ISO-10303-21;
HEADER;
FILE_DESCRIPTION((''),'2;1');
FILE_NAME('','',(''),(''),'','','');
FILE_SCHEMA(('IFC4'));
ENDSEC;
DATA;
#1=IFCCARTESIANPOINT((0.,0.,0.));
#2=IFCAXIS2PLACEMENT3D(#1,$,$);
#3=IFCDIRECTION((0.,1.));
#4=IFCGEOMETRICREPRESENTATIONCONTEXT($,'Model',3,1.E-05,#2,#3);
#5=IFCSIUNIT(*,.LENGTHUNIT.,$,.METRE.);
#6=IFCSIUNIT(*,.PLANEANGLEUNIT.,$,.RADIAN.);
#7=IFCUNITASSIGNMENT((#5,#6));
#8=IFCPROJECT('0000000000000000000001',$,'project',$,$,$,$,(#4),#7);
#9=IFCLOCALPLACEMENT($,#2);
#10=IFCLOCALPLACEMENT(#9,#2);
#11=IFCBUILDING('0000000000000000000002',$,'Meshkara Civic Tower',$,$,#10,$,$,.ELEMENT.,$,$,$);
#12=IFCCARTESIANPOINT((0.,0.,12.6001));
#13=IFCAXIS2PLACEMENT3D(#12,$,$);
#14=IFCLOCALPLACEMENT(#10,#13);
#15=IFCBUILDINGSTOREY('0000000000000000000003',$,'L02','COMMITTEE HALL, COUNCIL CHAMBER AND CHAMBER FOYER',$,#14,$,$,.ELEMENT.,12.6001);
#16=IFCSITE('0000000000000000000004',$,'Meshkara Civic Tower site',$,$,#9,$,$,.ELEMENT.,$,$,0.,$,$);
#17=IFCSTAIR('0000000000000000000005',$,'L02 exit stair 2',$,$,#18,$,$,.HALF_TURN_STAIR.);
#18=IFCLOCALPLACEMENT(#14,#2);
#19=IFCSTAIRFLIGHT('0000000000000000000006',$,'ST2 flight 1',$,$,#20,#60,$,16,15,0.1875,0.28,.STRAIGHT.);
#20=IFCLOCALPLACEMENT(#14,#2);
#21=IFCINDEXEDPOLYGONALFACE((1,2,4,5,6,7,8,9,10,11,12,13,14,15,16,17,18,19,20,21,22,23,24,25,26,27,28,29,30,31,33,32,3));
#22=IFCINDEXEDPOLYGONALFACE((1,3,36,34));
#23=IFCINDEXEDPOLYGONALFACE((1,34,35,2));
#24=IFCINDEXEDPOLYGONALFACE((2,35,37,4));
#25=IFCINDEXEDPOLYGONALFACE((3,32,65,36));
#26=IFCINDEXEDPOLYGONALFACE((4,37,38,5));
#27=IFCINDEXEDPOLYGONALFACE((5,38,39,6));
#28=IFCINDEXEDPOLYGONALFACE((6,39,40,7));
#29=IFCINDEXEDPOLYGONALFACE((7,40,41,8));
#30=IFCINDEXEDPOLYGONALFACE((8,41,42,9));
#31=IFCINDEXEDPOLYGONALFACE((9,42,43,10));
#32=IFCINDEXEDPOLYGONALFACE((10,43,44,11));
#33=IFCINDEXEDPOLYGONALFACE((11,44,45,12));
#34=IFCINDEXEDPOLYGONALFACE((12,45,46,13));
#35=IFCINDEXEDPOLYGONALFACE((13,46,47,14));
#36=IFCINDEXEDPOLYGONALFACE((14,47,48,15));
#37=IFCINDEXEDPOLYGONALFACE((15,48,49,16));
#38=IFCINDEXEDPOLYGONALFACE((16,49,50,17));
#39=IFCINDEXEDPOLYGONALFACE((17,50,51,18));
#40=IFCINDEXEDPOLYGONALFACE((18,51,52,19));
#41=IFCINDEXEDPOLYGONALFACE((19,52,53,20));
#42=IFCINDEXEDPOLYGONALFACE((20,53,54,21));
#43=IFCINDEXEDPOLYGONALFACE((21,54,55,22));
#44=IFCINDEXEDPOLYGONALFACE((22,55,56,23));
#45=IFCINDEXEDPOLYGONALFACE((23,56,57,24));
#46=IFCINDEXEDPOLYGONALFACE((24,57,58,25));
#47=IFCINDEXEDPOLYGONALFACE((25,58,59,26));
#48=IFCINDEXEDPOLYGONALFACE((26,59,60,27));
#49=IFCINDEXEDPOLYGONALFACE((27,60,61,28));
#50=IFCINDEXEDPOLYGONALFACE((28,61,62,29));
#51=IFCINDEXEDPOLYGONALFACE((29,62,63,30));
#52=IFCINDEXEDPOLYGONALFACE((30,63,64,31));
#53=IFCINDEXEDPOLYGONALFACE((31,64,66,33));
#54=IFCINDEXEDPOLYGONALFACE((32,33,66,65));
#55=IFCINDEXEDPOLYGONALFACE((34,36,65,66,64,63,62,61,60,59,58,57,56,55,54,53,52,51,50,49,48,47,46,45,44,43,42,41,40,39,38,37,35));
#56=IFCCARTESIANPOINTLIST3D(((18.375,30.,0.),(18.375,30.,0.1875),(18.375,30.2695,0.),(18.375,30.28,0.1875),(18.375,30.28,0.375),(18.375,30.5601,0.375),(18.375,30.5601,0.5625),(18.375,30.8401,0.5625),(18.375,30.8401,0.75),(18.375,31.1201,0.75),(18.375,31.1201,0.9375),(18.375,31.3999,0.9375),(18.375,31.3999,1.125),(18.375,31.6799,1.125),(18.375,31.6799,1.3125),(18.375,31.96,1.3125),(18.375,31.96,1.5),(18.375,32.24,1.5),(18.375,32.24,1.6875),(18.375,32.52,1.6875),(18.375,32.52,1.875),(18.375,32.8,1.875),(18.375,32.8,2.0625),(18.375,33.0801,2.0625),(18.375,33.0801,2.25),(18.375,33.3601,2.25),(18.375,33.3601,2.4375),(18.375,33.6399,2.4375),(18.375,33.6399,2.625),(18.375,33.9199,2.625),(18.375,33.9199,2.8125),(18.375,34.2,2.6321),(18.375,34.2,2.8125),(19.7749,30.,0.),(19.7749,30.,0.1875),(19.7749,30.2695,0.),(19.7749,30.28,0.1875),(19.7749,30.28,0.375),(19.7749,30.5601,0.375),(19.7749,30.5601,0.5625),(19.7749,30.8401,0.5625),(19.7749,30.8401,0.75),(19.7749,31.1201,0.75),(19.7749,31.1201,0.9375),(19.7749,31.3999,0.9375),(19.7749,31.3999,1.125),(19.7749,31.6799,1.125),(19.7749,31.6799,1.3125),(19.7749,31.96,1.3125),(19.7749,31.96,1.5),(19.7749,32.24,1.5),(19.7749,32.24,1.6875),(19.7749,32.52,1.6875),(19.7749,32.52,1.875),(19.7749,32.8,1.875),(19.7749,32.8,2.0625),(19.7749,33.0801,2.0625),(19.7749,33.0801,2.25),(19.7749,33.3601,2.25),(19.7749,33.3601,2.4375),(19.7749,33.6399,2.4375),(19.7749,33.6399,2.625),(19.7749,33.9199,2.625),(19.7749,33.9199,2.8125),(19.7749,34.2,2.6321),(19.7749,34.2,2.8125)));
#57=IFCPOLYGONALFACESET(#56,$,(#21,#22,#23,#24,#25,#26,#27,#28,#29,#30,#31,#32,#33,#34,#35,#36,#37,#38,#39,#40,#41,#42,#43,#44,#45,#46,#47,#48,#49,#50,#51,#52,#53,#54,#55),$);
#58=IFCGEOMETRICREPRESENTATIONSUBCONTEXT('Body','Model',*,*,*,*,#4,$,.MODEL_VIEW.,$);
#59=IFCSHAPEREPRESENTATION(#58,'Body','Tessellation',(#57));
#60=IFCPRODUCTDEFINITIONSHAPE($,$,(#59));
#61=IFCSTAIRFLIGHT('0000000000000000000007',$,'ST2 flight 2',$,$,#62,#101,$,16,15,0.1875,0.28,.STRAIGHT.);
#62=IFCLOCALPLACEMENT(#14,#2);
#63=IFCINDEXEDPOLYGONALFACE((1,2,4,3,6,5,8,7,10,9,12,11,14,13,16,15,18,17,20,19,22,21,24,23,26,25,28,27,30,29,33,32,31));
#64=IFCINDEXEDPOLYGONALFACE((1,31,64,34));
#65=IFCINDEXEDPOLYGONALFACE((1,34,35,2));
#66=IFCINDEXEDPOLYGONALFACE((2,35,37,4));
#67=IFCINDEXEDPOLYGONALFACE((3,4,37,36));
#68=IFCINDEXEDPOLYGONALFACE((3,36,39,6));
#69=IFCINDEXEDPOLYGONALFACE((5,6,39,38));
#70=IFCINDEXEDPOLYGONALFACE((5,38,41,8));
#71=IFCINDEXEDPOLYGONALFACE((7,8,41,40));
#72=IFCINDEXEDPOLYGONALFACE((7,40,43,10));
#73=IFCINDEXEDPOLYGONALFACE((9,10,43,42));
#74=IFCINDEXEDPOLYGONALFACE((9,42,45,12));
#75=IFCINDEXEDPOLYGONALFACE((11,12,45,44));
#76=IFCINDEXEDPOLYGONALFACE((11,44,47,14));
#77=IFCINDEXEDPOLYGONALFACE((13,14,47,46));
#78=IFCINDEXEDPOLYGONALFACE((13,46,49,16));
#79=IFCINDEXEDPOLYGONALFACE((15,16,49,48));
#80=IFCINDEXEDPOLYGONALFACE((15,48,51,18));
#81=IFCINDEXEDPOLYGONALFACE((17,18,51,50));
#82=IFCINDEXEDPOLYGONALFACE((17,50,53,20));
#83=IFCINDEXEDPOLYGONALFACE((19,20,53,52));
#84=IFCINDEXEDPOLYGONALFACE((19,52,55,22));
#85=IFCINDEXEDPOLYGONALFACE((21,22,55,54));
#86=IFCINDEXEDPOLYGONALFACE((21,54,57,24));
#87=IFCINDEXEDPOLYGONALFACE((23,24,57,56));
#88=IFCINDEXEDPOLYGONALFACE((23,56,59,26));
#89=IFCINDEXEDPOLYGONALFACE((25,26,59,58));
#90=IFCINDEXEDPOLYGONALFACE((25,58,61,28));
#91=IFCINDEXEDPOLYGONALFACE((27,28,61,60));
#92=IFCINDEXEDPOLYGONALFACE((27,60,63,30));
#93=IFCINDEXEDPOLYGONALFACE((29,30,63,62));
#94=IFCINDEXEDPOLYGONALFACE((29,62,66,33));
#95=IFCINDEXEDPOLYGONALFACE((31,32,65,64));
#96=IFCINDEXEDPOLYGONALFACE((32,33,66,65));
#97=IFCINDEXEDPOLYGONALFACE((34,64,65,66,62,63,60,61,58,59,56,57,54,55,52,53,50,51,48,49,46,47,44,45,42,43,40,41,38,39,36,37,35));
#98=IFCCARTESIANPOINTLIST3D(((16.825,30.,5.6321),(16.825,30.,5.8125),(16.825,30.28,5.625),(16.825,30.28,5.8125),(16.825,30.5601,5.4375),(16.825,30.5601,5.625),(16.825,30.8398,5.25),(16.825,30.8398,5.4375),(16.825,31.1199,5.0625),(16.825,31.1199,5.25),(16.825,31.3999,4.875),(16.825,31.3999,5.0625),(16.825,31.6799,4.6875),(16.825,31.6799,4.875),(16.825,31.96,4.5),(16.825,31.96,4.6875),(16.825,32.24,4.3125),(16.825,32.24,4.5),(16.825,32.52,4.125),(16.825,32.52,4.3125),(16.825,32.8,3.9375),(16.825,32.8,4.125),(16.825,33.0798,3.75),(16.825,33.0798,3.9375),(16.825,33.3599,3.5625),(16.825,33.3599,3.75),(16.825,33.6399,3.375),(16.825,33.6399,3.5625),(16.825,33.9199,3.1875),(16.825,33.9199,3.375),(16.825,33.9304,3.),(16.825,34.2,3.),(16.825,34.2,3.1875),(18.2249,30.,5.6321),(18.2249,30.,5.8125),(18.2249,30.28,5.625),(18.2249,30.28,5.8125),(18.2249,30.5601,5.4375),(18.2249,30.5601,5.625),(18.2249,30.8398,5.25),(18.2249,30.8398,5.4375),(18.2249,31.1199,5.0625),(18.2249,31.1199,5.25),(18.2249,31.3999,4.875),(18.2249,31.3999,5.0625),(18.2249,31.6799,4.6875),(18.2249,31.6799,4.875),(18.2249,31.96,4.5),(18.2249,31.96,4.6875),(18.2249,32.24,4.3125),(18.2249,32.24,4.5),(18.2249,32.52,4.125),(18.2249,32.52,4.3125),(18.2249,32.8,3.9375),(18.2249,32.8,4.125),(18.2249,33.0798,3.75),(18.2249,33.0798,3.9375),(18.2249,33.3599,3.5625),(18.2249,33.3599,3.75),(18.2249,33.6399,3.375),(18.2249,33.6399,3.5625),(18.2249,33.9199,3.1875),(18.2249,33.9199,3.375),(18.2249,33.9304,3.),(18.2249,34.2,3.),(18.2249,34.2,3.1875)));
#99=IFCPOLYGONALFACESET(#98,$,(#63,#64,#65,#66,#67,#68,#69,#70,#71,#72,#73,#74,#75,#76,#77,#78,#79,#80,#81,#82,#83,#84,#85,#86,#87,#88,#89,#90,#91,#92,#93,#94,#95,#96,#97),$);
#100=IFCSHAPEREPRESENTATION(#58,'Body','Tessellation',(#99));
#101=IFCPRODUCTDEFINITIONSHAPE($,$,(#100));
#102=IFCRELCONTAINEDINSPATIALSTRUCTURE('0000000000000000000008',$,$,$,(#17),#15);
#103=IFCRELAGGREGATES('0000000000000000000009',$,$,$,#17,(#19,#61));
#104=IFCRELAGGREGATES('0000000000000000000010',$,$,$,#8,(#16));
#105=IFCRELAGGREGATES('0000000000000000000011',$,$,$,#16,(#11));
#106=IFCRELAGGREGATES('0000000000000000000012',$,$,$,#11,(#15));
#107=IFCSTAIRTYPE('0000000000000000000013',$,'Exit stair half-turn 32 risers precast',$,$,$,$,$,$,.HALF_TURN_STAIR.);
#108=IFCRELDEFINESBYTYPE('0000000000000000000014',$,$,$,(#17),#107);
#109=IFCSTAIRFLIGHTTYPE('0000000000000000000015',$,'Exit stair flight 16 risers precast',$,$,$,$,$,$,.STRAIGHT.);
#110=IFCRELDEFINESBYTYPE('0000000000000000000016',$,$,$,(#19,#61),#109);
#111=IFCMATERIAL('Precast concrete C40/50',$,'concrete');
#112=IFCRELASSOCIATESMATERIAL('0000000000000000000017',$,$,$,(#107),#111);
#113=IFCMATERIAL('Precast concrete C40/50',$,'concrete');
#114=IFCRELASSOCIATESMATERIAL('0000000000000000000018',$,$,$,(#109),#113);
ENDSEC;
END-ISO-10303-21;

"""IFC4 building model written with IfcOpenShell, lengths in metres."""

from ifc_helpers import new_model, si_unit, direction, frame, origin, place, context, subcontext, project, spatial, polyline, outline, extrude, material, type_object, element, aggregate, save


model = new_model("IFC4")

# Units and contexts
model_context = context("Model", 3, precision=1e-05, world=origin(), true_north=direction((0.0, 1.0)))
body_context = subcontext(model_context, "Body", "Model", "MODEL_VIEW")
ifc_project = project(units=[si_unit("LENGTHUNIT", "METRE"), si_unit("PLANEANGLEUNIT", "RADIAN")], contexts=[model_context])

# Site, building, storey
site_placement = place(None, origin())
site = spatial("IfcSite", under=ifc_project, at=site_placement, Name="Meshkara Civic Tower site", CompositionType="ELEMENT", RefElevation=0.0)
building_placement = place(site_placement, origin())
building = spatial("IfcBuilding", under=site, at=building_placement, Name="Meshkara Civic Tower", CompositionType="ELEMENT")
storey_placement = place(building_placement, frame((0.0, 0.0, 12.6001)))
storey = spatial("IfcBuildingStorey", under=building, at=storey_placement, Name="L02", Description="COMMITTEE HALL, COUNCIL CHAMBER AND CHAMBER FOYER", CompositionType="ELEMENT", Elevation=12.6001)

# Stair, stair flights
ifc_material_1 = material(Name="Precast concrete C40/50", Category="concrete")
stair_type = type_object("IfcStairType", Name="Exit stair half-turn 32 risers precast", PredefinedType="HALF_TURN_STAIR", material=ifc_material_1)
ifc_material_2 = material(Name="Precast concrete C40/50", Category="concrete")
stair_flight_type = type_object("IfcStairFlightType", Name="Exit stair flight 16 risers precast", PredefinedType="STRAIGHT", material=ifc_material_2)
stair_1_placement = place(storey_placement, origin())
stair_1 = element("IfcStair", 1, at=stair_1_placement, inside=storey, type_object=stair_type, Name="L02 exit stair 2", PredefinedType="HALF_TURN_STAIR")
stair_flight_1_placement = place(storey_placement, frame((19.075, 30.0, 0.0), z_axis=(0.0, 0.0, 1.0), x_axis=(0.0, 1.0, 0.0)))
stair_flight_1 = element("IfcStairFlight", 2, at=stair_flight_1_placement, type_object=stair_flight_type, Name="ST2 flight 1", NumberOfRisers=16, NumberOfTreads=15, PredefinedType="STRAIGHT", RiserHeight=0.1875, TreadLength=0.28, context=body_context, shape_type="SweptSolid", body=[
    extrude(outline(polyline([(0.0, 0.0), (0.0, 0.1875), (0.28, 0.1875), (0.28, 0.375), (0.5601, 0.375), (0.5601, 0.5625), (0.8401, 0.5625), (0.8401, 0.75), (1.1201, 0.75), (1.1201, 0.9375), (1.3999, 0.9375), (1.3999, 1.125), (1.6799, 1.125), (1.6799, 1.3125), (1.96, 1.3125), (1.96, 1.5), (2.24, 1.5), (2.24, 1.6875), (2.52, 1.6875), (2.52, 1.875), (2.8, 1.875), (2.8, 2.0625), (3.0801, 2.0625), (3.0801, 2.25), (3.3601, 2.25), (3.3601, 2.4375), (3.6399, 2.4375), (3.6399, 2.625), (3.9199, 2.625), (3.9199, 2.8125), (4.2, 2.8125), (4.2, 3.0), (4.2, 2.6321), (0.2695, 0.0), (0.0, 0.0)])), frame((0.0, 0.7, 0.0), z_axis=(0.0, -1.0, 0.0), x_axis=(1.0, 0.0, 0.0)), (0.0, 0.0, 1.0), 1.3999),
])
stair_flight_2_placement = place(storey_placement, frame((17.5249, 34.2, 3.0), z_axis=(0.0, 0.0, 1.0), x_axis=(0.0, -1.0, 0.0)))
stair_flight_2 = element("IfcStairFlight", 3, at=stair_flight_2_placement, type_object=stair_flight_type, Name="ST2 flight 2", NumberOfRisers=16, NumberOfTreads=15, PredefinedType="STRAIGHT", RiserHeight=0.1875, TreadLength=0.28, context=body_context, shape_type="SweptSolid", body=[
    extrude(outline(polyline([(0.0, 0.0), (0.0, 0.1875), (0.28, 0.1875), (0.28, 0.375), (0.5601, 0.375), (0.5601, 0.5625), (0.8401, 0.5625), (0.8401, 0.75), (1.1201, 0.75), (1.1201, 0.9375), (1.3999, 0.9375), (1.3999, 1.125), (1.6799, 1.125), (1.6799, 1.3125), (1.96, 1.3125), (1.96, 1.5), (2.24, 1.5), (2.24, 1.6875), (2.52, 1.6875), (2.52, 1.875), (2.8, 1.875), (2.8, 2.0625), (3.0801, 2.0625), (3.0801, 2.25), (3.3601, 2.25), (3.3601, 2.4375), (3.6399, 2.4375), (3.6399, 2.625), (3.9199, 2.625), (3.9199, 2.8125), (4.2, 2.8125), (4.2, 3.0), (4.2, 2.6321), (0.2695, 0.0), (0.0, 0.0)])), frame((0.0, 0.7, 0.0), z_axis=(0.0, -1.0, 0.0), x_axis=(1.0, 0.0, 0.0)), (0.0, 0.0, 1.0), 1.3999),
])
aggregate(stair_1, [stair_flight_1, stair_flight_2])

save(model, "model.ifc")
